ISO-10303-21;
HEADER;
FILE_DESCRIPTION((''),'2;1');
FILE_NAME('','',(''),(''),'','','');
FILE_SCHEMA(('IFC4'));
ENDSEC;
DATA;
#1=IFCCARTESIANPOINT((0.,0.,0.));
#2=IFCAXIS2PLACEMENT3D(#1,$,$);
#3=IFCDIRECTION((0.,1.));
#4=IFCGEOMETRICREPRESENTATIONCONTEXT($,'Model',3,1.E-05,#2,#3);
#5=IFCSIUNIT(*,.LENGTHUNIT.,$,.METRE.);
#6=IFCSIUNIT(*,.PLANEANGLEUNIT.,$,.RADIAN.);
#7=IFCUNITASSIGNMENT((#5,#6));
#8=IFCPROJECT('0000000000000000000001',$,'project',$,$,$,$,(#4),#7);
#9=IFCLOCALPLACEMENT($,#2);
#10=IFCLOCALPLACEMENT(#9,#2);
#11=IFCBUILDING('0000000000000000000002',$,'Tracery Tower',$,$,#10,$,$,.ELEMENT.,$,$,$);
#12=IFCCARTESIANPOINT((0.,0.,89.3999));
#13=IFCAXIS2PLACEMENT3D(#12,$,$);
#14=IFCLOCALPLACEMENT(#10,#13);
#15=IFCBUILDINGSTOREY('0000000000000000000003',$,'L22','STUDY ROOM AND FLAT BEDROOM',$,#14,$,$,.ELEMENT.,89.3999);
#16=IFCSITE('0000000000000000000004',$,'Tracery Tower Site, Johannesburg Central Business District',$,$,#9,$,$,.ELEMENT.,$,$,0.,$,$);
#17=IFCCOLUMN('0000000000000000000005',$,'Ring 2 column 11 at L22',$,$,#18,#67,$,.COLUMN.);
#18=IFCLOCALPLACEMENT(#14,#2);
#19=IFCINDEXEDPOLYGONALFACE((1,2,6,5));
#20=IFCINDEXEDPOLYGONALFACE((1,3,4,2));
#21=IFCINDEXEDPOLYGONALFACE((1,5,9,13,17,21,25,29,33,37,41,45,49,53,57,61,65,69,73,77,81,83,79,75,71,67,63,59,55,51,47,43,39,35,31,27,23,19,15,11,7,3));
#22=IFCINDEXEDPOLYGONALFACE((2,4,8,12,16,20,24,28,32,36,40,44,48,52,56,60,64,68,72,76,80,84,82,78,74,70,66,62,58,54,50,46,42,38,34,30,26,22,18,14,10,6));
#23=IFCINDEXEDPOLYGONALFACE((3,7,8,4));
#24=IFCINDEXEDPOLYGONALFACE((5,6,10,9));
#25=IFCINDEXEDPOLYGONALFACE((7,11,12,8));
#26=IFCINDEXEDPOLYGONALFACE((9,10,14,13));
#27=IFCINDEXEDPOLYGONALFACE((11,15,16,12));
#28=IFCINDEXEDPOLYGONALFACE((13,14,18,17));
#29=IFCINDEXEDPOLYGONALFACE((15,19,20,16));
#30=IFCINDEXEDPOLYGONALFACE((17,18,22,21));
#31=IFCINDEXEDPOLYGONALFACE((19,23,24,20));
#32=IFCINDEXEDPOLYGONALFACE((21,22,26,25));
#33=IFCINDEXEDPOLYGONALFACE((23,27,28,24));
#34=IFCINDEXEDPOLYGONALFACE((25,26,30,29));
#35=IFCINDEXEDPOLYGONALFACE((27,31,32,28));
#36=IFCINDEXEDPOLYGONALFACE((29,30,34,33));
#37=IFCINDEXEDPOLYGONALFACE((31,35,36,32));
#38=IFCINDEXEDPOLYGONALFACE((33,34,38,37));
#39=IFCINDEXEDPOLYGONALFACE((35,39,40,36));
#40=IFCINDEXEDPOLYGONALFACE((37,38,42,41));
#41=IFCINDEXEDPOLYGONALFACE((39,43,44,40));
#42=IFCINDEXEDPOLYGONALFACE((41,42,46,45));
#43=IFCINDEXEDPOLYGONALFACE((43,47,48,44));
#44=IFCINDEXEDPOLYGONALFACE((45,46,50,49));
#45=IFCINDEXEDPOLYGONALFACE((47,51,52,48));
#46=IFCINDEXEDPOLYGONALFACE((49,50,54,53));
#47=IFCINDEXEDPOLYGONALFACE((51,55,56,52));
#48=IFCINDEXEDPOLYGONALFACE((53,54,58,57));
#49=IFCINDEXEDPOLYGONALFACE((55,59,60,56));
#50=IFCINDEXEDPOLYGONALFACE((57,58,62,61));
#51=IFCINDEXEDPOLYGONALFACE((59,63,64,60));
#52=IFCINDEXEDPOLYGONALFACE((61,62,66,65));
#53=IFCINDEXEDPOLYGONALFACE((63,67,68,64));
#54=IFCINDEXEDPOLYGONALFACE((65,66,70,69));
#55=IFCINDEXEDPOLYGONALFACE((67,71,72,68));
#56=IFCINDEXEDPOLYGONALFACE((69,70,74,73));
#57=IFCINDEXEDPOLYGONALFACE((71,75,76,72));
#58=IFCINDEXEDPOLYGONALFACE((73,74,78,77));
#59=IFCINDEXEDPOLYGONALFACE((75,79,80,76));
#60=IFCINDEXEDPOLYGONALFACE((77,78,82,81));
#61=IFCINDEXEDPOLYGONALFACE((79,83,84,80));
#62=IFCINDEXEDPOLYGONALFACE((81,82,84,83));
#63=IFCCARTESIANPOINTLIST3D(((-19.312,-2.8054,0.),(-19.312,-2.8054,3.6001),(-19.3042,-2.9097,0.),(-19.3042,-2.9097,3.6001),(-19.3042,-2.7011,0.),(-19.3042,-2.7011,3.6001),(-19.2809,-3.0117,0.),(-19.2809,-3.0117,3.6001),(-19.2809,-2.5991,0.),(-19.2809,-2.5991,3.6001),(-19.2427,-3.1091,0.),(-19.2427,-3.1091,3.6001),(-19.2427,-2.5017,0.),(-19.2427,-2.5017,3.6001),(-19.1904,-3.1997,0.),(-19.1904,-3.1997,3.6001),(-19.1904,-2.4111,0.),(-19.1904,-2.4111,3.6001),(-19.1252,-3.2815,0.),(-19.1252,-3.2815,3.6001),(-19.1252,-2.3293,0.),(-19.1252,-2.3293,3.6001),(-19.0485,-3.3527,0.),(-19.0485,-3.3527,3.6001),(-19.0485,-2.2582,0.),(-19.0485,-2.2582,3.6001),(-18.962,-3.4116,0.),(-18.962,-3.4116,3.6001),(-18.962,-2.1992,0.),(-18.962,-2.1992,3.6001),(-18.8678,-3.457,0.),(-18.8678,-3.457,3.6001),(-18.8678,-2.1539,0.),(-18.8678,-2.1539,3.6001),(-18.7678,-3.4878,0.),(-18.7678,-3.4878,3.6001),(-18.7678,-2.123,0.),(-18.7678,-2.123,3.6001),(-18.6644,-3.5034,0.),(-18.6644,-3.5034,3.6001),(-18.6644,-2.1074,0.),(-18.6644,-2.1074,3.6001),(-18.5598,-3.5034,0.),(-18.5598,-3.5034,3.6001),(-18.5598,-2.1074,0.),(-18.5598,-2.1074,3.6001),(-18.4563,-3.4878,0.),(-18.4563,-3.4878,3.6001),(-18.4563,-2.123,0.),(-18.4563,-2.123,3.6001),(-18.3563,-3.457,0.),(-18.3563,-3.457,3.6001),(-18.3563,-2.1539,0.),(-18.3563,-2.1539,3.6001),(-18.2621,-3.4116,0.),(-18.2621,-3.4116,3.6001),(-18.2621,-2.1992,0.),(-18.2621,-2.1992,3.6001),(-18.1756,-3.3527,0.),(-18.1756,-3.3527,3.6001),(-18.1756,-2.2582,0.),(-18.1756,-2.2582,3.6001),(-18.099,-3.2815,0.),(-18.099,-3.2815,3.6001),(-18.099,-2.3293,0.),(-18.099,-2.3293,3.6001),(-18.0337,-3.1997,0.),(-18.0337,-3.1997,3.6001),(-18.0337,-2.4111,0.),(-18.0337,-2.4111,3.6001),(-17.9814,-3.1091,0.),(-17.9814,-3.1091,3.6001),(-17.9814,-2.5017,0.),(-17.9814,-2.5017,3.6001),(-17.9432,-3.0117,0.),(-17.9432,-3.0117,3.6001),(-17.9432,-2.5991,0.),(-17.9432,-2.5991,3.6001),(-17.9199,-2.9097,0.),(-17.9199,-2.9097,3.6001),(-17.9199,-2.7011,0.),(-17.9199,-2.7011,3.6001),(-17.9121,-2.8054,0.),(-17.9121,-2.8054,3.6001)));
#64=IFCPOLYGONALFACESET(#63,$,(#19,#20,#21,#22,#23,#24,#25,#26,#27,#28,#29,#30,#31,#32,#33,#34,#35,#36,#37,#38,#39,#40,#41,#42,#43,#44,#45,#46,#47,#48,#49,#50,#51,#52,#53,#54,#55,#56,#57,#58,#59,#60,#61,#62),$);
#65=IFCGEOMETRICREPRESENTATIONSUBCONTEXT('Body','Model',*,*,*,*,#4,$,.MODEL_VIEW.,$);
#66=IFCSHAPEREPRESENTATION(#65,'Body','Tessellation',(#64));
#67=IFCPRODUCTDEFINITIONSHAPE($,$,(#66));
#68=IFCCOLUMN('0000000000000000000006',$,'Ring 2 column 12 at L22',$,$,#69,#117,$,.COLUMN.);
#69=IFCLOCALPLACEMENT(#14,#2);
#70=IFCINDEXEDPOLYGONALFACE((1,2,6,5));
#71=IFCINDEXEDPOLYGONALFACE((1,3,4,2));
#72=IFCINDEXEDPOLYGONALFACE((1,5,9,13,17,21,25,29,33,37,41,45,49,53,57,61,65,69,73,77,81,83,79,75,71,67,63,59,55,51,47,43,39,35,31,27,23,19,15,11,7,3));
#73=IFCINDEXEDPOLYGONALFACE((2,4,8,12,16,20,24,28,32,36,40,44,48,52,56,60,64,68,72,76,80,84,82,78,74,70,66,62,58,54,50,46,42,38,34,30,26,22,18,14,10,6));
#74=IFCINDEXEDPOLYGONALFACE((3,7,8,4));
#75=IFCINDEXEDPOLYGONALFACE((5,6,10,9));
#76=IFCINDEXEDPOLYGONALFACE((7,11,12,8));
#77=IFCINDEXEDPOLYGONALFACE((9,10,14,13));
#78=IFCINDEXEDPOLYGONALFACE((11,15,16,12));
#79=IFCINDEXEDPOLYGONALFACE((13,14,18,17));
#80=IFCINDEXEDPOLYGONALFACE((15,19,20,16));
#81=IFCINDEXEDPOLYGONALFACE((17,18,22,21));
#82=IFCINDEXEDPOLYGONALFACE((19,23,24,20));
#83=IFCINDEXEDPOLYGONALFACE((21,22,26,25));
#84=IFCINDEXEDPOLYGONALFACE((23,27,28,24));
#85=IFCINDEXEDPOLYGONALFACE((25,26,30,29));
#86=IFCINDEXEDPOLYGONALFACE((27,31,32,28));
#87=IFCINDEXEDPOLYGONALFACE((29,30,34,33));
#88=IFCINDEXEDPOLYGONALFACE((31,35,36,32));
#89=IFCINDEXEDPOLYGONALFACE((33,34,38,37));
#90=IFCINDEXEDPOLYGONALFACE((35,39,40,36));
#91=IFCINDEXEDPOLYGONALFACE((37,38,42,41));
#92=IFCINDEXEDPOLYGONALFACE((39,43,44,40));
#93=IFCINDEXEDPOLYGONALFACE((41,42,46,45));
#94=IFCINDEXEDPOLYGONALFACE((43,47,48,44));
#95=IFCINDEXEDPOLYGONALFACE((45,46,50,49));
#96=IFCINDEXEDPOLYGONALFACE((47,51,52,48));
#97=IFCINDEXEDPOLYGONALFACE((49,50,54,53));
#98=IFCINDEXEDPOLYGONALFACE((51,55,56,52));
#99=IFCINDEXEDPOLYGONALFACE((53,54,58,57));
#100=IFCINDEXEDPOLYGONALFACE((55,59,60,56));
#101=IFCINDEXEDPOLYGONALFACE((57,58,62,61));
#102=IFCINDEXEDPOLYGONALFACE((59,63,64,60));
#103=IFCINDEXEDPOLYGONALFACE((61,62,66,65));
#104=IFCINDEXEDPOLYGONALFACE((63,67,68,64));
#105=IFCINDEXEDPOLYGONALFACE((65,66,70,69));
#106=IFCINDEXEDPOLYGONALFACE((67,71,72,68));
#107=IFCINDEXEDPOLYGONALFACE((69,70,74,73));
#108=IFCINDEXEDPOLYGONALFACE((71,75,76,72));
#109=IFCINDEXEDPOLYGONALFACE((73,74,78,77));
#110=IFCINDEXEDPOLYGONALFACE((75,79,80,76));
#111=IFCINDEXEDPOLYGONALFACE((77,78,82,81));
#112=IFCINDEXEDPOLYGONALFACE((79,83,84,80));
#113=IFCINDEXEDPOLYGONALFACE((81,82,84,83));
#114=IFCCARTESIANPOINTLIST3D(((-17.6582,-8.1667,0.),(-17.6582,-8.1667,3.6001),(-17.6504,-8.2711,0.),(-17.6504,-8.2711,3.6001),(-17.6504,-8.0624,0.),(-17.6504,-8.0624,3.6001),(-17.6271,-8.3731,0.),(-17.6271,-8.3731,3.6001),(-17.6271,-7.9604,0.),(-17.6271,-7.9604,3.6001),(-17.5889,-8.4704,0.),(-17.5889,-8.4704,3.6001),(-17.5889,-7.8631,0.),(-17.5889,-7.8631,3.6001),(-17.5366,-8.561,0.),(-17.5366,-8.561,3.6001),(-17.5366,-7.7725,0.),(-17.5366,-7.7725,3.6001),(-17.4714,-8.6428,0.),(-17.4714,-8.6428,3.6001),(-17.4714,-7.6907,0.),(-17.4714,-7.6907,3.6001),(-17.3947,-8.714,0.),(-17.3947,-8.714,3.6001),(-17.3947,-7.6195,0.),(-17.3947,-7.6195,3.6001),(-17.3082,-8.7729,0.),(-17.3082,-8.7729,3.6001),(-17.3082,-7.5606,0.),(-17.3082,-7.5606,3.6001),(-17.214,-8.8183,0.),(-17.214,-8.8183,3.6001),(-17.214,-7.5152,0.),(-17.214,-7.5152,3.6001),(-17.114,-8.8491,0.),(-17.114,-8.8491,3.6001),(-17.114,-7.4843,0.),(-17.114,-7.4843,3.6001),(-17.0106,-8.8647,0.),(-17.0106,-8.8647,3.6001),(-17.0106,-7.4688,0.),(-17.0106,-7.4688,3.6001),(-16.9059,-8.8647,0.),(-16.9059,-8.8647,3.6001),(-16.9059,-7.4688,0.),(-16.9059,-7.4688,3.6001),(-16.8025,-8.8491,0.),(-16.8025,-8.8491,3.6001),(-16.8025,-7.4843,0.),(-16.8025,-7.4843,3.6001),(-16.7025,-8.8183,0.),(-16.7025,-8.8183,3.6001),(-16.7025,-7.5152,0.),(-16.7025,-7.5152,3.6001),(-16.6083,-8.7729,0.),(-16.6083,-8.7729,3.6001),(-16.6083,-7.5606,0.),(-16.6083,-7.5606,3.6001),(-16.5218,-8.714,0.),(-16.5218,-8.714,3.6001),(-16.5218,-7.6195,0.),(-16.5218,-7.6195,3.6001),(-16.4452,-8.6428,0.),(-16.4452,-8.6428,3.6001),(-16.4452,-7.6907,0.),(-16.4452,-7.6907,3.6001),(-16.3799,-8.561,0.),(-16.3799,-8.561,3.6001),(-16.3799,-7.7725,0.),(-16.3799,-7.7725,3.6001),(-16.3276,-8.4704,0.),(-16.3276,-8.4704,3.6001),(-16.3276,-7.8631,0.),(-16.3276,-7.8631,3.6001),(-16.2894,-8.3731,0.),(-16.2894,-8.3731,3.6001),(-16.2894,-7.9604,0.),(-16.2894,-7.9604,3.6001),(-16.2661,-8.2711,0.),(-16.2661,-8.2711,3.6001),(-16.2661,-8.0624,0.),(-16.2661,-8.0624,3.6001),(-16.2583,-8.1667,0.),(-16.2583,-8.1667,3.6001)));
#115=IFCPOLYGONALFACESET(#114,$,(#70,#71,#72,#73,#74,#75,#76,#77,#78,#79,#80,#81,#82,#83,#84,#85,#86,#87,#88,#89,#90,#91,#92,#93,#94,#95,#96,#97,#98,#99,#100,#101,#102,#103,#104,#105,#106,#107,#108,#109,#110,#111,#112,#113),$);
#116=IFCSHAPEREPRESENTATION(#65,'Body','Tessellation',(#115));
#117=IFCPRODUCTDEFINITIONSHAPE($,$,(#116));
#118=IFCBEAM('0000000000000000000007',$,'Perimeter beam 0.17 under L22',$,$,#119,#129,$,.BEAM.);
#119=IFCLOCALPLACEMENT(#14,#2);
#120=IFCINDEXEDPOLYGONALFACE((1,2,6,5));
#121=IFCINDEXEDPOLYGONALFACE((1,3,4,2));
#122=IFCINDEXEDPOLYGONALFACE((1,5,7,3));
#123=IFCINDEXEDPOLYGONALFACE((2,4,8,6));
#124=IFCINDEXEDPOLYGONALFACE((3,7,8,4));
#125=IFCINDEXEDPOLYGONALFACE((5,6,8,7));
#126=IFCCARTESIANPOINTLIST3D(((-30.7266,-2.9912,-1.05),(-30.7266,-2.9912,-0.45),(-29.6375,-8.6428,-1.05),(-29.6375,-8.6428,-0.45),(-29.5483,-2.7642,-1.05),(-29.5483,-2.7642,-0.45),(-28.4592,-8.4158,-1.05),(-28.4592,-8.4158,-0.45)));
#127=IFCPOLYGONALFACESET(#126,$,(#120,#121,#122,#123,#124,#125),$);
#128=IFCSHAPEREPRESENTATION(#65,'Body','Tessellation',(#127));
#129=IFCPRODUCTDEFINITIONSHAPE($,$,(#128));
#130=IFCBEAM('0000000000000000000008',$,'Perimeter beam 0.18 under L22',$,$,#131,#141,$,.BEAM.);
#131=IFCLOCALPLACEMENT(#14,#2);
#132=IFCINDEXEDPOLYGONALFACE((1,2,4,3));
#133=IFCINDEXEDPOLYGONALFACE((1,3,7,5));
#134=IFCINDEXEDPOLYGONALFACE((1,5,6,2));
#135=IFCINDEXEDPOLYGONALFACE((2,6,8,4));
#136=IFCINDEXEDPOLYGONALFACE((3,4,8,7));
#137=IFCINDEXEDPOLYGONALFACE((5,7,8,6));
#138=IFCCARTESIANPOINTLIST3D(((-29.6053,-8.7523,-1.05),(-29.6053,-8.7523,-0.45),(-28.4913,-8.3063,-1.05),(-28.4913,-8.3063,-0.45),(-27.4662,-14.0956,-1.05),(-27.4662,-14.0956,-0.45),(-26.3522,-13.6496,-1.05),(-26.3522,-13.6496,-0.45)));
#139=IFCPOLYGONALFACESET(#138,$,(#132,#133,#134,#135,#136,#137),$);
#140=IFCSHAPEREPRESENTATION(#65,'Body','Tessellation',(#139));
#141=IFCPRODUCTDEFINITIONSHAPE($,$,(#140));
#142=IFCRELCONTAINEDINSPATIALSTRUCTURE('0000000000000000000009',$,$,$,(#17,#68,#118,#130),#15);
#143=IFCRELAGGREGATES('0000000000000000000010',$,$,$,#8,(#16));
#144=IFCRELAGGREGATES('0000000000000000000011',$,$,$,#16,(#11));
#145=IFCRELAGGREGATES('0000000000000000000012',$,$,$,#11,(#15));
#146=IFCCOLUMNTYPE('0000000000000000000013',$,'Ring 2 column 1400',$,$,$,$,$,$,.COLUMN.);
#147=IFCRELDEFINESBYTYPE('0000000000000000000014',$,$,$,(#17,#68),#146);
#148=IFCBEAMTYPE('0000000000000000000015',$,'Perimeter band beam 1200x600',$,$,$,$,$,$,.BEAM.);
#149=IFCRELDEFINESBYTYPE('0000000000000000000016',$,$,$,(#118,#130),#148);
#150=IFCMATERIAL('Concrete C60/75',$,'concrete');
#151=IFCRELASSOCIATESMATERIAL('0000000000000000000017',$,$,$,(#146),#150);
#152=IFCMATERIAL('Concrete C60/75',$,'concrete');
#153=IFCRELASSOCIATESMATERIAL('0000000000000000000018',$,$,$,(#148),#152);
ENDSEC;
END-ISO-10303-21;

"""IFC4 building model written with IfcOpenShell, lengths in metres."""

from ifc_helpers import new_model, si_unit, direction, frame, origin, origin_2d, place, context, subcontext, project, spatial, rectangle, circle, extrude, material, material_profile, profile_set, type_object, element, save


model = new_model("IFC4")

# Units and contexts
model_context = context("Model", 3, precision=1e-05, world=origin(), true_north=direction((0.0, 1.0)))
body_context = subcontext(model_context, "Body", "Model", "MODEL_VIEW")
ifc_project = project(units=[si_unit("LENGTHUNIT", "METRE"), si_unit("PLANEANGLEUNIT", "RADIAN")], contexts=[model_context])

# Site, building, storey
site_placement = place(None, origin())
site = spatial("IfcSite", under=ifc_project, at=site_placement, Name="Tracery Tower Site, Johannesburg Central Business District", CompositionType="ELEMENT", RefElevation=0.0)
building_placement = place(site_placement, origin())
building = spatial("IfcBuilding", under=site, at=building_placement, Name="Tracery Tower", CompositionType="ELEMENT")
storey_placement = place(building_placement, frame((0.0, 0.0, 89.3999)))
storey = spatial("IfcBuildingStorey", under=building, at=storey_placement, Name="L22", Description="STUDY ROOM AND FLAT BEDROOM", CompositionType="ELEMENT", Elevation=89.3999)

# Columns
ifc_material_1 = material(Name="Concrete C60/75", Category="concrete")
ifc_material_profile_1 = material_profile(ifc_material_1, circle(Radius=0.7, at=origin_2d()), Name="RC D1400")
ifc_profile_set_1 = profile_set([ifc_material_profile_1], Name="Concrete C60/75")
column_type_1 = type_object("IfcColumnType", Name="Ring 2 column 1400", PredefinedType="COLUMN", material=ifc_profile_set_1)
for number, where, z_axis, x_axis, name in (
    (1, (-18.6121, -2.8054, 0.0), (0.0, 0.0, 1.0), (1.0, 0.0, 0.0), "Ring 2 column 11 at L22"),
    (2, (-16.9583, -8.1667, 0.0), (0.0, 0.0, 1.0), (1.0, 0.0, 0.0), "Ring 2 column 12 at L22"),
):
    element("IfcColumn", number, at=place(storey_placement, frame(where, z_axis=z_axis, x_axis=x_axis)), inside=storey, type_object=column_type_1, Name=name, PredefinedType="COLUMN", context=body_context, shape_type="SweptSolid", body=[
        extrude(circle(Radius=0.7, at=origin_2d()), origin(), (0.0, 0.0, 1.0), 3.6001),
    ])

# Beams
ifc_material_2 = material(Name="Concrete C60/75", Category="concrete")
ifc_material_profile_2 = material_profile(ifc_material_2, rectangle(XDim=1.2, YDim=0.6001, at=origin_2d()), Name="RC 1200x600")
ifc_profile_set_2 = profile_set([ifc_material_profile_2], Name="Concrete C60/75")
beam_type = type_object("IfcBeamType", Name="Perimeter band beam 1200x600", PredefinedType="BEAM", material=ifc_profile_set_2)
for number, where, z_axis, x_axis, name in (
    (3, (-30.1375, -2.8777, -0.75), (0.189227, -0.981933, 0.0), (0.981933, 0.189227, 0.0), "Perimeter beam 0.17 under L22"),
    (4, (-29.0483, -8.5293, -0.75), (0.371669, -0.928365, 0.0), (0.928365, 0.371669, 0.0), "Perimeter beam 0.18 under L22"),
):
    element("IfcBeam", number, at=place(storey_placement, frame(where, z_axis=z_axis, x_axis=x_axis)), inside=storey, type_object=beam_type, Name=name, PredefinedType="BEAM", context=body_context, shape_type="SweptSolid", body=[
        extrude(rectangle(XDim=1.2, YDim=0.6001, at=origin_2d()), origin(), (0.0, 0.0, 1.0), 5.7556),
    ])

save(model, "model.ifc")
